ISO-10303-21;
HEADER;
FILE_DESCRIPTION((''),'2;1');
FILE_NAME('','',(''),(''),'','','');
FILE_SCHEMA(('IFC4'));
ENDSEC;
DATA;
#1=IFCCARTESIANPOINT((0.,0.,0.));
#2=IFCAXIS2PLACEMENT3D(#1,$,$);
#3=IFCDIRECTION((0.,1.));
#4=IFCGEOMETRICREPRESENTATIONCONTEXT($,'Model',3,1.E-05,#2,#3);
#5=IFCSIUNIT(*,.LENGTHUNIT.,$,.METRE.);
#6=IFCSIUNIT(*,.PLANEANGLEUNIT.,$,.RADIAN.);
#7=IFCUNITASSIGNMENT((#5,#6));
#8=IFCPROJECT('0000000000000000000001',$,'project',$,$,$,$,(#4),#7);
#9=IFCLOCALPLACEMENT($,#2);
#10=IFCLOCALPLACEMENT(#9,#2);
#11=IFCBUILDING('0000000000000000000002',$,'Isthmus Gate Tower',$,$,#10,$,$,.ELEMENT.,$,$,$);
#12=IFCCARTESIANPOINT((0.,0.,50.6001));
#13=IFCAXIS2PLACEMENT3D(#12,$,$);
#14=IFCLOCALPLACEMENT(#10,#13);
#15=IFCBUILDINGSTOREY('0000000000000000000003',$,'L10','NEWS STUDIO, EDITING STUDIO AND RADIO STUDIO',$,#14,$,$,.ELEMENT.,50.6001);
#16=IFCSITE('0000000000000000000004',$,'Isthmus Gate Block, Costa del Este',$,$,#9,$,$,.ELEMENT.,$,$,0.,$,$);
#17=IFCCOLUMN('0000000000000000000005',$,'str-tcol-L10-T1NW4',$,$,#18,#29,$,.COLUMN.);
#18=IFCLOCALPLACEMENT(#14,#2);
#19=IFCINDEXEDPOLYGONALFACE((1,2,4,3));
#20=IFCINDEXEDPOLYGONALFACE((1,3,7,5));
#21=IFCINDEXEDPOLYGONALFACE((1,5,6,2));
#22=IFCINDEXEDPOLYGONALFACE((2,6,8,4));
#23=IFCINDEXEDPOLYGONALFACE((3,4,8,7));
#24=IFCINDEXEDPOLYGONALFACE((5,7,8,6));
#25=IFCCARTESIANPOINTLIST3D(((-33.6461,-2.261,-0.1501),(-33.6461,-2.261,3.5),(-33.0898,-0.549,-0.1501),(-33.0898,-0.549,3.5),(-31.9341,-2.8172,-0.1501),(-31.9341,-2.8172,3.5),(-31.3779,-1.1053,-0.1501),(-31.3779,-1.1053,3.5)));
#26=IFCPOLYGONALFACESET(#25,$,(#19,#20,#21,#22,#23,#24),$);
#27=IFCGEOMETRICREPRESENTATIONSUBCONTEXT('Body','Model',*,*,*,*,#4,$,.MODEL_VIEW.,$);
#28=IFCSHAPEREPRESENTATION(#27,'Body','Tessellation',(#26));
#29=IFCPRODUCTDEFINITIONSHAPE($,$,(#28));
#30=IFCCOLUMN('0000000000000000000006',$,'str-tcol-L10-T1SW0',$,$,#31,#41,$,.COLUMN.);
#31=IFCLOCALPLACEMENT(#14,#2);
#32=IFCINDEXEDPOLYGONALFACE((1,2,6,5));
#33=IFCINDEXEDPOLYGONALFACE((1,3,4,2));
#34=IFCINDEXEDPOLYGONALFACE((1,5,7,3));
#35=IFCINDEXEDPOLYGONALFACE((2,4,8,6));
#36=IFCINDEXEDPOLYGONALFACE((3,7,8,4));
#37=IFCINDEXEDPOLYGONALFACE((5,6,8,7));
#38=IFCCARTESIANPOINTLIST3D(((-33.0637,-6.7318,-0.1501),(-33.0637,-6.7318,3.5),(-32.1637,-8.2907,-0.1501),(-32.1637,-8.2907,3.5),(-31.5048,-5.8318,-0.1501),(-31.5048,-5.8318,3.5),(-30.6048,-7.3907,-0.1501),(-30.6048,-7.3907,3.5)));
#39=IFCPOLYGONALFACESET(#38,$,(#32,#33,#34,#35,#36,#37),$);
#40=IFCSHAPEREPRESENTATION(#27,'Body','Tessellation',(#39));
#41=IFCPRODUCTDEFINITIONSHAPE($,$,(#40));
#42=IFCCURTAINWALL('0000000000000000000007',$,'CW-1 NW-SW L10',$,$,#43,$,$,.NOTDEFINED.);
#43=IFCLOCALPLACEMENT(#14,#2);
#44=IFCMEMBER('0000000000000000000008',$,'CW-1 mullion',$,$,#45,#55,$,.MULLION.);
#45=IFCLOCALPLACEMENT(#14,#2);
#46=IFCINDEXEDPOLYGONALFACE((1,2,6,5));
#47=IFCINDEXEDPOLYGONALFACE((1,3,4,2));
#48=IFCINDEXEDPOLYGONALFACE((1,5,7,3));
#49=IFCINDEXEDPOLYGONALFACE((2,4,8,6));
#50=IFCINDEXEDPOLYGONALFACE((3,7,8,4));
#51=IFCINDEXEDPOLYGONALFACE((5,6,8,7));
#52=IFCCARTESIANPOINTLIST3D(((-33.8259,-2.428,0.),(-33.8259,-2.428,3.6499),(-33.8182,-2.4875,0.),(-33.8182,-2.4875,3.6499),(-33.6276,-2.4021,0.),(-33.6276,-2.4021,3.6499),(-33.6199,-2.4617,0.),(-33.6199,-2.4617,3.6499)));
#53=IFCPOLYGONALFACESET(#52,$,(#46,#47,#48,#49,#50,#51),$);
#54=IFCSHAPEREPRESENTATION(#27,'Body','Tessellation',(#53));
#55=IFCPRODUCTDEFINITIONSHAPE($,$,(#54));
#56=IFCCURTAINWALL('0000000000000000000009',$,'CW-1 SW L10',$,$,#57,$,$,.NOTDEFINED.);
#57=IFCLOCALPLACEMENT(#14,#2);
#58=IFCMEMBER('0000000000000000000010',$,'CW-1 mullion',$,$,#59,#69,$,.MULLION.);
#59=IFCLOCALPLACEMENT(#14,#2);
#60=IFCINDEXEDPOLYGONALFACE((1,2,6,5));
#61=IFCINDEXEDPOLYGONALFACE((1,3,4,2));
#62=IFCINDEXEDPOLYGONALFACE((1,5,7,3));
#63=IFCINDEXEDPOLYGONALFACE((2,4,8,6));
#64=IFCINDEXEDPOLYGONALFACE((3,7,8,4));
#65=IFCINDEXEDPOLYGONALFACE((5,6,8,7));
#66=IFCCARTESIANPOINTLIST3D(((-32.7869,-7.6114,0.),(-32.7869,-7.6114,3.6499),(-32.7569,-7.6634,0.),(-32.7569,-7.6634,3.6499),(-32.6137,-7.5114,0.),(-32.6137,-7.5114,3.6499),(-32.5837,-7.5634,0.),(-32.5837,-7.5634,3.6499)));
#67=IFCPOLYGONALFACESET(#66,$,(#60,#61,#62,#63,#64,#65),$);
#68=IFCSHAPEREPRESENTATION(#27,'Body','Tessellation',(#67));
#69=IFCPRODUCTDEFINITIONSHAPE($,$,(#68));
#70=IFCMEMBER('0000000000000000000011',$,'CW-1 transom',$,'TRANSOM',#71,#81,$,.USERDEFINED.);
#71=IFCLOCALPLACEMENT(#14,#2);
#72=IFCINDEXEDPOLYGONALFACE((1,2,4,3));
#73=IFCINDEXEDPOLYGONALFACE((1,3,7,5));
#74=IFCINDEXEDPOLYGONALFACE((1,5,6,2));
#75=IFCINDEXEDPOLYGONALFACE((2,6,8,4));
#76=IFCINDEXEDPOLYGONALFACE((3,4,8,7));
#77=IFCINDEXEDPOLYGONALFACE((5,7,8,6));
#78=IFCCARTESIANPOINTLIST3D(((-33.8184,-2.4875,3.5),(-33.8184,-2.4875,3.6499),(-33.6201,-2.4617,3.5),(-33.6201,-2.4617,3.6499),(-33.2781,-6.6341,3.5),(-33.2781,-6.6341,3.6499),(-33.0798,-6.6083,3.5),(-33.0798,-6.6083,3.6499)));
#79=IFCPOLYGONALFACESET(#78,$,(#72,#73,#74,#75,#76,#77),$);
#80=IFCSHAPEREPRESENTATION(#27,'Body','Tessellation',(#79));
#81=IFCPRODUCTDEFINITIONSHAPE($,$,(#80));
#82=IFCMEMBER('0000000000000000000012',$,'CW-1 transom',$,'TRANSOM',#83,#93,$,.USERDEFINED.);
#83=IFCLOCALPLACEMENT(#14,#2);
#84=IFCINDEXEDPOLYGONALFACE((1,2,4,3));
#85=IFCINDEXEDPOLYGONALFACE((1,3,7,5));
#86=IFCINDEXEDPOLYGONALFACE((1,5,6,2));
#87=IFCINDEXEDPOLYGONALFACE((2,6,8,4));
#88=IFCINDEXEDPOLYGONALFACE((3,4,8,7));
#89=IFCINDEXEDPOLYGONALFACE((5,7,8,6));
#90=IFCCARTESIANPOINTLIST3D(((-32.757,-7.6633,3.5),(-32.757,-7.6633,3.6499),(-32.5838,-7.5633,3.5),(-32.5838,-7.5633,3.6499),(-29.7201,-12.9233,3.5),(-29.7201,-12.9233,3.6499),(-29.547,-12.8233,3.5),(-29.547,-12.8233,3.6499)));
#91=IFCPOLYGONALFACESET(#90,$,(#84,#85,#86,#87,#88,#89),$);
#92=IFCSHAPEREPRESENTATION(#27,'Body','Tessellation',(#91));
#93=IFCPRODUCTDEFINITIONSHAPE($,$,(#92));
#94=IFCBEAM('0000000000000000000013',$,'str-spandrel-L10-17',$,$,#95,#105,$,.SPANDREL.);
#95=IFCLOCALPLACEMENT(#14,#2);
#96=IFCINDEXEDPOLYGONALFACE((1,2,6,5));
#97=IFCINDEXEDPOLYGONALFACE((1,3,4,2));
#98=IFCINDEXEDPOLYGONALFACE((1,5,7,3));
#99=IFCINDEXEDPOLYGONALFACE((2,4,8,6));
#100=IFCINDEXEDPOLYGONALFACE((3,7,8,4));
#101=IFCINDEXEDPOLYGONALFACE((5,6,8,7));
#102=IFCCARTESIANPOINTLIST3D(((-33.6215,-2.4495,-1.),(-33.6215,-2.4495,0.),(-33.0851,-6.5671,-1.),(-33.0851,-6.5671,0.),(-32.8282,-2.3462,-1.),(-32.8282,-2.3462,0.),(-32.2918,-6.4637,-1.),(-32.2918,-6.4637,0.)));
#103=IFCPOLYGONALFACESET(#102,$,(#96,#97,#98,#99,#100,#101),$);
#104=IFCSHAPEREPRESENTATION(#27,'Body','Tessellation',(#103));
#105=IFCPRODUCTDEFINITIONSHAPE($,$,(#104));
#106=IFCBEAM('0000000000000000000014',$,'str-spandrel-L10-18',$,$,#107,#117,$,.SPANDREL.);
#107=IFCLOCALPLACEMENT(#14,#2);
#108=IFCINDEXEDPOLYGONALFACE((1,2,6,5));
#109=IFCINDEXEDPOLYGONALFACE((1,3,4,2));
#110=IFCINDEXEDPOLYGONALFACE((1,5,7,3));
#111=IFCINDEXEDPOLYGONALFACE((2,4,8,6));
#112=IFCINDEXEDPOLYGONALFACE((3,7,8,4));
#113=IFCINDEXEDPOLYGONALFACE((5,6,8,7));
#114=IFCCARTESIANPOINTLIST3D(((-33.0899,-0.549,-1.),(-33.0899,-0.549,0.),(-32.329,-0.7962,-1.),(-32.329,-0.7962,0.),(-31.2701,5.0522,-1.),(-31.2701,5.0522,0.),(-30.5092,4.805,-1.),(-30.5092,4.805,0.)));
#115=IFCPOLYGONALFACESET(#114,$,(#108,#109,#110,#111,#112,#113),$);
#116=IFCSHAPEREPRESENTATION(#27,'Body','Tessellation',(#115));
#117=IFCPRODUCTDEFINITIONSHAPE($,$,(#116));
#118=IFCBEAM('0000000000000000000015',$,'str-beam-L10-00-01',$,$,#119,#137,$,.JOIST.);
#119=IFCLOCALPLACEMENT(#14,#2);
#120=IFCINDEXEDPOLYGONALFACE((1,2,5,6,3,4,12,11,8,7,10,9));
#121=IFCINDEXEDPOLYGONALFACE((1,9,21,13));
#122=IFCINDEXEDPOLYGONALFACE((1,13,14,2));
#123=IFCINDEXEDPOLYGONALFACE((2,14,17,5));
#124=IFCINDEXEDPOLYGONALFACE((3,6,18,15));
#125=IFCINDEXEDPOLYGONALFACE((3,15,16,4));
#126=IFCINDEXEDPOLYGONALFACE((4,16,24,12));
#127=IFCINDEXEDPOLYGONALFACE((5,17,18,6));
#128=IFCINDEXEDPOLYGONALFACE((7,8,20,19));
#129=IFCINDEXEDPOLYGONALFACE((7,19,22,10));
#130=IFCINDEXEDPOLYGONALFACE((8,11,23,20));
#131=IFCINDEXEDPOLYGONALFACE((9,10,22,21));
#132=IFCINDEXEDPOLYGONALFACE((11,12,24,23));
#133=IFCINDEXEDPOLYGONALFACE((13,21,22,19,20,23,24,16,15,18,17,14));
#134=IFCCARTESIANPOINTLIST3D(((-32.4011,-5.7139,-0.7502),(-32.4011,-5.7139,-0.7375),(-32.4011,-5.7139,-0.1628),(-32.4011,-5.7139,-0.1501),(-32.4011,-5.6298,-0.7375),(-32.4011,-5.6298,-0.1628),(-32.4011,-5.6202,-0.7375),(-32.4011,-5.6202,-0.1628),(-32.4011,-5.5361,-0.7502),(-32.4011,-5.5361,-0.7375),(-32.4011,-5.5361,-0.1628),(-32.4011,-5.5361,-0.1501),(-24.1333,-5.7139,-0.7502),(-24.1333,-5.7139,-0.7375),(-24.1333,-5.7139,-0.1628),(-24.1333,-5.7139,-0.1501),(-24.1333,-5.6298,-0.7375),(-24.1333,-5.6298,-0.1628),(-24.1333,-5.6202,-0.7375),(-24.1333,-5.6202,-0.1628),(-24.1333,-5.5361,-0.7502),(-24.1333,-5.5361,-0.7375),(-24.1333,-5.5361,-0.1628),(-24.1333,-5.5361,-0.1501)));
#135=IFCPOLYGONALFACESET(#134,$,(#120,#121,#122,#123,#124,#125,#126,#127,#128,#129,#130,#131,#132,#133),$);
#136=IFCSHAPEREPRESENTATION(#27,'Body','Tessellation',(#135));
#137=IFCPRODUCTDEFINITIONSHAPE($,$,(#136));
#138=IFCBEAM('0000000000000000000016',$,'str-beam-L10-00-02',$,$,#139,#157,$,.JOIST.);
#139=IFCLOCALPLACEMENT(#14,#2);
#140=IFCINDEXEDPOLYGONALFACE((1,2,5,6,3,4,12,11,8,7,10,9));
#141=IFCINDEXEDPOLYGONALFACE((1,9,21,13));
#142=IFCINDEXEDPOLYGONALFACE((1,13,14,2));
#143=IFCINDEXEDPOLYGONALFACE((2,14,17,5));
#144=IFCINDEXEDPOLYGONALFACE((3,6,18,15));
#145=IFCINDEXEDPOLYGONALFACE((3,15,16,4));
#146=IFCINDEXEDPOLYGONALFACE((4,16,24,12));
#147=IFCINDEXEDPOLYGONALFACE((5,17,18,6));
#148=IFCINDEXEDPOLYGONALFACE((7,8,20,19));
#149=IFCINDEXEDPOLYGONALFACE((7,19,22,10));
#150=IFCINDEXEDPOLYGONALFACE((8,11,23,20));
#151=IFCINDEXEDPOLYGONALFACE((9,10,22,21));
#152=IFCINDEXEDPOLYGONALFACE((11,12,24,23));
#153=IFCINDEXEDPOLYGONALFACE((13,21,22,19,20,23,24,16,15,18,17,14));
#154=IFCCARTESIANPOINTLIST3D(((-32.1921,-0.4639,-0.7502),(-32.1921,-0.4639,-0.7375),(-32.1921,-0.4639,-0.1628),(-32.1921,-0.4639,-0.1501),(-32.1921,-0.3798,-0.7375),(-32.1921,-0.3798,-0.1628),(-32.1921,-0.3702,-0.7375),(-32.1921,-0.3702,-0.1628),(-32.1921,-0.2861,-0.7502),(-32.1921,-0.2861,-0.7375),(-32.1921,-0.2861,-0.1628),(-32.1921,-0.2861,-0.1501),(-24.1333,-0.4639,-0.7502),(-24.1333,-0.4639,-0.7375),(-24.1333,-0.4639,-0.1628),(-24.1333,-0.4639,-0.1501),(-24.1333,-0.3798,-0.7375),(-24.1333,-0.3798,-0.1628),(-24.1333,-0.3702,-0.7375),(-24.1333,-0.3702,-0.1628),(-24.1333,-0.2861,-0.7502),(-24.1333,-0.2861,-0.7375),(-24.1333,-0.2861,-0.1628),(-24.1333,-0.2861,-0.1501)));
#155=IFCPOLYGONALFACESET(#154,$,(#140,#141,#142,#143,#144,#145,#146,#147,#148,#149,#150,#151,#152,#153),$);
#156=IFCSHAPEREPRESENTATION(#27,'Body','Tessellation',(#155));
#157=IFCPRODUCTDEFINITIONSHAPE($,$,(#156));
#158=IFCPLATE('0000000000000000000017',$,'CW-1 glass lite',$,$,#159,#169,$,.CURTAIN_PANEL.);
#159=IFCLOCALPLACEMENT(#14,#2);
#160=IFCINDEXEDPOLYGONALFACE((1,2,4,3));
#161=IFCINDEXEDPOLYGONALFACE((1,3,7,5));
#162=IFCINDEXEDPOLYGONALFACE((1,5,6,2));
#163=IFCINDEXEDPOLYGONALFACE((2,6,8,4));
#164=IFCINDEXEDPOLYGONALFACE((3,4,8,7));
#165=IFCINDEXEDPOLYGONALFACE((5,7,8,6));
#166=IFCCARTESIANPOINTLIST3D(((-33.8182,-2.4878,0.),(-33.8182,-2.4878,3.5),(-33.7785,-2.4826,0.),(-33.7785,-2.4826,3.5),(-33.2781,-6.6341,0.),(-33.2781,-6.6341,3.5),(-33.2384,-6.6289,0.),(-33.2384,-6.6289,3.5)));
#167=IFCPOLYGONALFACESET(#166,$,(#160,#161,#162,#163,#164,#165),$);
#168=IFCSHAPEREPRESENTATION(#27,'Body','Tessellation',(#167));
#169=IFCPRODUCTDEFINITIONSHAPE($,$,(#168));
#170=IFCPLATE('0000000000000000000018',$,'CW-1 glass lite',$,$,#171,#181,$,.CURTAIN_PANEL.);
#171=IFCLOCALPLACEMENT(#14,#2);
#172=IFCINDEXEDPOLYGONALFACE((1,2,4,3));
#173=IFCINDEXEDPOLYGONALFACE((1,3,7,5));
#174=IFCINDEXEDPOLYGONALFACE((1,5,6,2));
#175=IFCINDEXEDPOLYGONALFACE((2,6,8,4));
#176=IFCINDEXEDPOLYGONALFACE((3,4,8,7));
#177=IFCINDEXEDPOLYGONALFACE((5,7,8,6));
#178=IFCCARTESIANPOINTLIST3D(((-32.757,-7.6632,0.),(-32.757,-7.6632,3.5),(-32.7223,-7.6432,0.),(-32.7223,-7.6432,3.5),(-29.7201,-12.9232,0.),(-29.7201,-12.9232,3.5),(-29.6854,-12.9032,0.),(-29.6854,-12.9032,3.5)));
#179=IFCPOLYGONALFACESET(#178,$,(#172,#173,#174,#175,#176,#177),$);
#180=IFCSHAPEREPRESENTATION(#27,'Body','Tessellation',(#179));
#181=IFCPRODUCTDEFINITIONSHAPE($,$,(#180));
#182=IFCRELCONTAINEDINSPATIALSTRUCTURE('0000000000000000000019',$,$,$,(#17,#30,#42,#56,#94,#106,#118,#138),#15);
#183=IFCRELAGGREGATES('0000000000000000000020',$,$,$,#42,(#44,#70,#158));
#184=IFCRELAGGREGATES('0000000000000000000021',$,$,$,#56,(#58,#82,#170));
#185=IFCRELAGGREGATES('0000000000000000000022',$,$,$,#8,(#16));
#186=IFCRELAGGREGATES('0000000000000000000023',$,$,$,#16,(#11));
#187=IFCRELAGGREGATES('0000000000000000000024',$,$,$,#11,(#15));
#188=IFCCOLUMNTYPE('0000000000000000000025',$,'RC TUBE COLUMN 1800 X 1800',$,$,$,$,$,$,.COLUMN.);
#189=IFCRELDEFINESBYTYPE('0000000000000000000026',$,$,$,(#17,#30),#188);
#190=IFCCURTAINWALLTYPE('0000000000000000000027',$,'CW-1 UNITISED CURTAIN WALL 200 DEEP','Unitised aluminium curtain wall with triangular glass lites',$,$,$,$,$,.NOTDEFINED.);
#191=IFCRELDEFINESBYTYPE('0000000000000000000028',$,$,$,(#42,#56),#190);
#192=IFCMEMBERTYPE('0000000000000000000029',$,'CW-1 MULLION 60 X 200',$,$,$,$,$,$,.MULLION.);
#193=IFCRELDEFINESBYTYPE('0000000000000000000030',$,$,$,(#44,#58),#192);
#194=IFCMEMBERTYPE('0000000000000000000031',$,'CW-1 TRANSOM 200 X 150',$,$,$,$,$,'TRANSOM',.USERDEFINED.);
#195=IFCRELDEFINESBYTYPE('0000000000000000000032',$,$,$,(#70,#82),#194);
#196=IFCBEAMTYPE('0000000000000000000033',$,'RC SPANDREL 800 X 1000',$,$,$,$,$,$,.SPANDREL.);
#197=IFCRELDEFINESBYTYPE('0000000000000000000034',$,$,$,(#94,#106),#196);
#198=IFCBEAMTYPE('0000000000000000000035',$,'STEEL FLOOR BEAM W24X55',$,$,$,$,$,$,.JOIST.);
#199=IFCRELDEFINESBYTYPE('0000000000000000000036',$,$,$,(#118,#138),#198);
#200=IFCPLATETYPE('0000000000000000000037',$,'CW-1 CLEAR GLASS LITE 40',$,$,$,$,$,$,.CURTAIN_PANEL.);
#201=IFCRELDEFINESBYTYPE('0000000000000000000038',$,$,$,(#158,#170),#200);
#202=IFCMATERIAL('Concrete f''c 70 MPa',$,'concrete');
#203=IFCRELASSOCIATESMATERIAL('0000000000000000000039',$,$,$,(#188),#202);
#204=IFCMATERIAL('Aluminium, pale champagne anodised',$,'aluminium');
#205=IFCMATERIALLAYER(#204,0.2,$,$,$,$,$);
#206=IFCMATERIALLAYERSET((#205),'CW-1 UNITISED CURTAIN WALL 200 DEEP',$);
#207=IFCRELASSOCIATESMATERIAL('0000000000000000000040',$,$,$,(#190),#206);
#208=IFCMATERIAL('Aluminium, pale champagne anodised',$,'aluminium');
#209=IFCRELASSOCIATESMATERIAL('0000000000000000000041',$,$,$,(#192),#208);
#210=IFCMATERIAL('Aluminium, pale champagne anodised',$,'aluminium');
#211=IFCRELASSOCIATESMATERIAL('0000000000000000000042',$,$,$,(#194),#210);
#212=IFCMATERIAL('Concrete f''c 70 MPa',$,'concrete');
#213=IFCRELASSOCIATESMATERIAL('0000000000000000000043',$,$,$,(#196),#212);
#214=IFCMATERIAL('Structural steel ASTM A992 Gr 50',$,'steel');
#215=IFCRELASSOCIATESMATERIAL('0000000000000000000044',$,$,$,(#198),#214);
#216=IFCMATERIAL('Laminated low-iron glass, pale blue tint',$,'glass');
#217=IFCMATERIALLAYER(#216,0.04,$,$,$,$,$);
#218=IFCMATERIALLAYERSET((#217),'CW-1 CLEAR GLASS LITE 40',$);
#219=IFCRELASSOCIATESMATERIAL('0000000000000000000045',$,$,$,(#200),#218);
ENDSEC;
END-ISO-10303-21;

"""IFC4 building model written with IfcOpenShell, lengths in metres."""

from ifc_helpers import new_model, si_unit, direction, frame, origin, origin_2d, place, context, subcontext, project, spatial, rectangle, i_section, extrude, material, layer, layer_set, material_profile, profile_set, type_object, element, aggregate, save


model = new_model("IFC4")

# Units and contexts
model_context = context("Model", 3, precision=1e-05, world=origin(), true_north=direction((0.0, 1.0)))
body_context = subcontext(model_context, "Body", "Model", "MODEL_VIEW")
ifc_project = project(units=[si_unit("LENGTHUNIT", "METRE"), si_unit("PLANEANGLEUNIT", "RADIAN")], contexts=[model_context])

# Site, building, storey
site_placement = place(None, origin())
site = spatial("IfcSite", under=ifc_project, at=site_placement, Name="Isthmus Gate Block, Costa del Este", CompositionType="ELEMENT", RefElevation=0.0)
building_placement = place(site_placement, origin())
building = spatial("IfcBuilding", under=site, at=building_placement, Name="Isthmus Gate Tower", CompositionType="ELEMENT")
storey_placement = place(building_placement, frame((0.0, 0.0, 50.6001)))
storey = spatial("IfcBuildingStorey", under=building, at=storey_placement, Name="L10", Description="NEWS STUDIO, EDITING STUDIO AND RADIO STUDIO", CompositionType="ELEMENT", Elevation=50.6001)

# Columns
ifc_material_1 = material(Name="Concrete f'c 70 MPa", Category="concrete")
ifc_material_profile_1 = material_profile(ifc_material_1, rectangle(XDim=1.8, YDim=1.8, at=origin_2d()), Name="RC 1800X1800")
ifc_profile_set_1 = profile_set([ifc_material_profile_1], Name="Concrete f'c 70 MPa")
column_type = type_object("IfcColumnType", Name="RC TUBE COLUMN 1800 X 1800", PredefinedType="COLUMN", material=ifc_profile_set_1)
for number, where, z_axis, x_axis, name in (
    (1, (-32.512, -1.6831, -0.1501), (0.0, 0.0, 1.0), (-0.309017, -0.951057, 0.0), "str-tcol-L10-T1NW4"),
    (2, (-31.8342, -7.0613, -0.1501), (0.0, 0.0, 1.0), (0.5, -0.866025, 0.0), "str-tcol-L10-T1SW0"),
):
    element("IfcColumn", number, at=place(storey_placement, frame(where, z_axis=z_axis, x_axis=x_axis)), inside=storey, type_object=column_type, Name=name, PredefinedType="COLUMN", context=body_context, shape_type="SweptSolid", body=[
        extrude(rectangle(XDim=1.8, YDim=1.8, at=origin_2d()), origin(), (0.0, 0.0, 1.0), 3.6501),
    ])

# Curtain walls, members
ifc_material_2 = material(Name="Aluminium, pale champagne anodised", Category="aluminium")
ifc_layer_1 = layer(ifc_material_2, 0.2)
ifc_layer_set_1 = layer_set([ifc_layer_1], Name="CW-1 UNITISED CURTAIN WALL 200 DEEP")
curtain_wall_type = type_object("IfcCurtainWallType", Name="CW-1 UNITISED CURTAIN WALL 200 DEEP", Description="Unitised aluminium curtain wall with triangular glass lites", PredefinedType="NOTDEFINED", material=ifc_layer_set_1)
curtain_wall_1_placement = place(storey_placement, origin())
curtain_wall_1 = element("IfcCurtainWall", 3, at=curtain_wall_1_placement, inside=storey, type_object=curtain_wall_type, Name="CW-1 NW-SW L10", PredefinedType="NOTDEFINED")
ifc_material_3 = material(Name="Aluminium, pale champagne anodised", Category="aluminium")
ifc_material_profile_2 = material_profile(ifc_material_3, rectangle(XDim=0.0601, YDim=0.2, at=origin_2d()), Name="60x200")
ifc_profile_set_2 = profile_set([ifc_material_profile_2], Name="Aluminium, pale champagne anodised")
member_type_1 = type_object("IfcMemberType", Name="CW-1 MULLION 60 X 200", PredefinedType="MULLION", material=ifc_profile_set_2)
member_1_placement = place(storey_placement, frame((-33.7229, -2.4448, 0.0), z_axis=(0.0, 0.0, 1.0), x_axis=(0.129165, -0.991623, 0.0)))
member_1 = element("IfcMember", 4, at=member_1_placement, type_object=member_type_1, Name="CW-1 mullion", PredefinedType="MULLION", context=body_context, shape_type="SweptSolid", body=[
    extrude(rectangle(XDim=0.0601, YDim=0.2, at=origin_2d()), origin(), (0.0, 0.0, 1.0), 3.6499),
])
curtain_wall_2_placement = place(storey_placement, origin())
curtain_wall_2 = element("IfcCurtainWall", 5, at=curtain_wall_2_placement, inside=storey, type_object=curtain_wall_type, Name="CW-1 SW L10", PredefinedType="NOTDEFINED")
member_2_placement = place(storey_placement, frame((-32.6853, -7.5874, 0.0), z_axis=(0.0, 0.0, 1.0), x_axis=(0.5, -0.866025, 0.0)))
member_2 = element("IfcMember", 6, at=member_2_placement, type_object=member_type_1, Name="CW-1 mullion", PredefinedType="MULLION", context=body_context, shape_type="SweptSolid", body=[
    extrude(rectangle(XDim=0.0601, YDim=0.2, at=origin_2d()), origin(), (0.0, 0.0, 1.0), 3.6499),
])

# Members
ifc_material_4 = material(Name="Aluminium, pale champagne anodised", Category="aluminium")
ifc_material_profile_3 = material_profile(ifc_material_4, rectangle(XDim=0.2, YDim=0.1499, at=origin_2d()), Name="200x150")
ifc_profile_set_3 = profile_set([ifc_material_profile_3], Name="Aluminium, pale champagne anodised")
member_type_2 = type_object("IfcMemberType", Name="CW-1 TRANSOM 200 X 150", ElementType="TRANSOM", PredefinedType="USERDEFINED", material=ifc_profile_set_3)
member_3_placement = place(storey_placement, frame((-33.7192, -2.4746, 3.575), z_axis=(0.129207, -0.991618, 0.0), x_axis=(0.991618, 0.129207, 0.0)))
member_3 = element("IfcMember", 7, at=member_3_placement, type_object=member_type_2, Name="CW-1 transom", ObjectType="TRANSOM", PredefinedType="USERDEFINED", context=body_context, shape_type="SweptSolid", body=[
    extrude(rectangle(XDim=0.2, YDim=0.1499, at=origin_2d()), origin(), (0.0, 0.0, 1.0), 4.1816),
])
member_4_placement = place(storey_placement, frame((-32.6704, -7.6133, 3.575), z_axis=(0.5, -0.866026, 0.0), x_axis=(0.866026, 0.5, 0.0)))
member_4 = element("IfcMember", 8, at=member_4_placement, type_object=member_type_2, Name="CW-1 transom", ObjectType="TRANSOM", PredefinedType="USERDEFINED", context=body_context, shape_type="SweptSolid", body=[
    extrude(rectangle(XDim=0.2, YDim=0.1499, at=origin_2d()), origin(), (0.0, 0.0, 1.0), 6.0737),
])

# Beams
ifc_material_5 = material(Name="Concrete f'c 70 MPa", Category="concrete")
ifc_material_profile_4 = material_profile(ifc_material_5, rectangle(XDim=0.8, YDim=1.0, at=origin_2d()), Name="RC 800X1000")
ifc_profile_set_4 = profile_set([ifc_material_profile_4], Name="Concrete f'c 70 MPa")
beam_type_1 = type_object("IfcBeamType", Name="RC SPANDREL 800 X 1000", PredefinedType="SPANDREL", material=ifc_profile_set_4)
beam_1_placement = place(storey_placement, frame((-32.6885, -6.5154, -0.5), z_axis=(-0.129171, 0.991622, 0.0), x_axis=(-0.991622, -0.129171, 0.0)))
element("IfcBeam", 9, at=beam_1_placement, inside=storey, type_object=beam_type_1, Name="str-spandrel-L10-17", PredefinedType="SPANDREL", context=body_context, shape_type="SweptSolid", body=[
    extrude(rectangle(XDim=0.8, YDim=1.0, at=origin_2d()), origin(), (0.0, 0.0, 1.0), 4.1523),
])
beam_2_placement = place(storey_placement, frame((-32.7095, -0.6726, -0.5), z_axis=(0.309005, 0.95106, 0.0), x_axis=(-0.95106, 0.309005, 0.0)))
element("IfcBeam", 10, at=beam_2_placement, inside=storey, type_object=beam_type_1, Name="str-spandrel-L10-18", PredefinedType="SPANDREL", context=body_context, shape_type="SweptSolid", body=[
    extrude(rectangle(XDim=0.8, YDim=1.0, at=origin_2d()), origin(), (0.0, 0.0, 1.0), 5.8894),
])
ifc_material_6 = material(Name="Structural steel ASTM A992 Gr 50", Category="steel")
ifc_material_profile_5 = material_profile(ifc_material_6, i_section(OverallWidth=0.1777, OverallDepth=0.6001, WebThickness=0.0095, FlangeThickness=0.0127, at=origin_2d()), Name="W24X55")
ifc_profile_set_5 = profile_set([ifc_material_profile_5], Name="Structural steel ASTM A992 Gr 50")
beam_type_2 = type_object("IfcBeamType", Name="STEEL FLOOR BEAM W24X55", PredefinedType="JOIST", material=ifc_profile_set_5)
beam_3_placement = place(storey_placement, frame((-32.4011, -5.625, -0.4502), z_axis=(1.0, 0.0, 0.0), x_axis=(0.0, 1.0, 0.0)))
element("IfcBeam", 11, at=beam_3_placement, inside=storey, type_object=beam_type_2, Name="str-beam-L10-00-01", PredefinedType="JOIST", context=body_context, shape_type="SweptSolid", body=[
    extrude(i_section(OverallWidth=0.1777, OverallDepth=0.6001, WebThickness=0.0095, FlangeThickness=0.0127, at=origin_2d()), origin(), (0.0, 0.0, 1.0), 8.2678),
])
beam_4_placement = place(storey_placement, frame((-32.1921, -0.375, -0.4502), z_axis=(1.0, 0.0, 0.0), x_axis=(0.0, 1.0, 0.0)))
element("IfcBeam", 12, at=beam_4_placement, inside=storey, type_object=beam_type_2, Name="str-beam-L10-00-02", PredefinedType="JOIST", context=body_context, shape_type="SweptSolid", body=[
    extrude(i_section(OverallWidth=0.1777, OverallDepth=0.6001, WebThickness=0.0095, FlangeThickness=0.0127, at=origin_2d()), origin(), (0.0, 0.0, 1.0), 8.0588),
])

# Plates
ifc_material_7 = material(Name="Laminated low-iron glass, pale blue tint", Category="glass")
ifc_layer_2 = layer(ifc_material_7, 0.04)
ifc_layer_set_2 = layer_set([ifc_layer_2], Name="CW-1 CLEAR GLASS LITE 40")
plate_type = type_object("IfcPlateType", Name="CW-1 CLEAR GLASS LITE 40", PredefinedType="CURTAIN_PANEL", material=ifc_layer_set_2)
plate_1_placement = place(storey_placement, frame((-33.5283, -4.5583, 0.0), z_axis=(0.0, 0.0, 1.0), x_axis=(0.129165, -0.991623, 0.0)))
plate_1 = element("IfcPlate", 13, at=plate_1_placement, type_object=plate_type, Name="CW-1 glass lite", PredefinedType="CURTAIN_PANEL", context=body_context, shape_type="SweptSolid", body=[
    extrude(rectangle(XDim=4.1814, YDim=0.04, at=origin_2d()), origin(), (0.0, 0.0, 1.0), 3.5),
])
aggregate(curtain_wall_1, [member_1, member_3, plate_1])
plate_2_placement = place(storey_placement, frame((-31.2212, -10.2832, 0.0), z_axis=(0.0, 0.0, 1.0), x_axis=(0.5, -0.866025, 0.0)))
plate_2 = element("IfcPlate", 14, at=plate_2_placement, type_object=plate_type, Name="CW-1 glass lite", PredefinedType="CURTAIN_PANEL", context=body_context, shape_type="SweptSolid", body=[
    extrude(rectangle(XDim=6.0737, YDim=0.04, at=origin_2d()), origin(), (0.0, 0.0, 1.0), 3.5),
])
aggregate(curtain_wall_2, [member_2, member_4, plate_2])

save(model, "model.ifc")
